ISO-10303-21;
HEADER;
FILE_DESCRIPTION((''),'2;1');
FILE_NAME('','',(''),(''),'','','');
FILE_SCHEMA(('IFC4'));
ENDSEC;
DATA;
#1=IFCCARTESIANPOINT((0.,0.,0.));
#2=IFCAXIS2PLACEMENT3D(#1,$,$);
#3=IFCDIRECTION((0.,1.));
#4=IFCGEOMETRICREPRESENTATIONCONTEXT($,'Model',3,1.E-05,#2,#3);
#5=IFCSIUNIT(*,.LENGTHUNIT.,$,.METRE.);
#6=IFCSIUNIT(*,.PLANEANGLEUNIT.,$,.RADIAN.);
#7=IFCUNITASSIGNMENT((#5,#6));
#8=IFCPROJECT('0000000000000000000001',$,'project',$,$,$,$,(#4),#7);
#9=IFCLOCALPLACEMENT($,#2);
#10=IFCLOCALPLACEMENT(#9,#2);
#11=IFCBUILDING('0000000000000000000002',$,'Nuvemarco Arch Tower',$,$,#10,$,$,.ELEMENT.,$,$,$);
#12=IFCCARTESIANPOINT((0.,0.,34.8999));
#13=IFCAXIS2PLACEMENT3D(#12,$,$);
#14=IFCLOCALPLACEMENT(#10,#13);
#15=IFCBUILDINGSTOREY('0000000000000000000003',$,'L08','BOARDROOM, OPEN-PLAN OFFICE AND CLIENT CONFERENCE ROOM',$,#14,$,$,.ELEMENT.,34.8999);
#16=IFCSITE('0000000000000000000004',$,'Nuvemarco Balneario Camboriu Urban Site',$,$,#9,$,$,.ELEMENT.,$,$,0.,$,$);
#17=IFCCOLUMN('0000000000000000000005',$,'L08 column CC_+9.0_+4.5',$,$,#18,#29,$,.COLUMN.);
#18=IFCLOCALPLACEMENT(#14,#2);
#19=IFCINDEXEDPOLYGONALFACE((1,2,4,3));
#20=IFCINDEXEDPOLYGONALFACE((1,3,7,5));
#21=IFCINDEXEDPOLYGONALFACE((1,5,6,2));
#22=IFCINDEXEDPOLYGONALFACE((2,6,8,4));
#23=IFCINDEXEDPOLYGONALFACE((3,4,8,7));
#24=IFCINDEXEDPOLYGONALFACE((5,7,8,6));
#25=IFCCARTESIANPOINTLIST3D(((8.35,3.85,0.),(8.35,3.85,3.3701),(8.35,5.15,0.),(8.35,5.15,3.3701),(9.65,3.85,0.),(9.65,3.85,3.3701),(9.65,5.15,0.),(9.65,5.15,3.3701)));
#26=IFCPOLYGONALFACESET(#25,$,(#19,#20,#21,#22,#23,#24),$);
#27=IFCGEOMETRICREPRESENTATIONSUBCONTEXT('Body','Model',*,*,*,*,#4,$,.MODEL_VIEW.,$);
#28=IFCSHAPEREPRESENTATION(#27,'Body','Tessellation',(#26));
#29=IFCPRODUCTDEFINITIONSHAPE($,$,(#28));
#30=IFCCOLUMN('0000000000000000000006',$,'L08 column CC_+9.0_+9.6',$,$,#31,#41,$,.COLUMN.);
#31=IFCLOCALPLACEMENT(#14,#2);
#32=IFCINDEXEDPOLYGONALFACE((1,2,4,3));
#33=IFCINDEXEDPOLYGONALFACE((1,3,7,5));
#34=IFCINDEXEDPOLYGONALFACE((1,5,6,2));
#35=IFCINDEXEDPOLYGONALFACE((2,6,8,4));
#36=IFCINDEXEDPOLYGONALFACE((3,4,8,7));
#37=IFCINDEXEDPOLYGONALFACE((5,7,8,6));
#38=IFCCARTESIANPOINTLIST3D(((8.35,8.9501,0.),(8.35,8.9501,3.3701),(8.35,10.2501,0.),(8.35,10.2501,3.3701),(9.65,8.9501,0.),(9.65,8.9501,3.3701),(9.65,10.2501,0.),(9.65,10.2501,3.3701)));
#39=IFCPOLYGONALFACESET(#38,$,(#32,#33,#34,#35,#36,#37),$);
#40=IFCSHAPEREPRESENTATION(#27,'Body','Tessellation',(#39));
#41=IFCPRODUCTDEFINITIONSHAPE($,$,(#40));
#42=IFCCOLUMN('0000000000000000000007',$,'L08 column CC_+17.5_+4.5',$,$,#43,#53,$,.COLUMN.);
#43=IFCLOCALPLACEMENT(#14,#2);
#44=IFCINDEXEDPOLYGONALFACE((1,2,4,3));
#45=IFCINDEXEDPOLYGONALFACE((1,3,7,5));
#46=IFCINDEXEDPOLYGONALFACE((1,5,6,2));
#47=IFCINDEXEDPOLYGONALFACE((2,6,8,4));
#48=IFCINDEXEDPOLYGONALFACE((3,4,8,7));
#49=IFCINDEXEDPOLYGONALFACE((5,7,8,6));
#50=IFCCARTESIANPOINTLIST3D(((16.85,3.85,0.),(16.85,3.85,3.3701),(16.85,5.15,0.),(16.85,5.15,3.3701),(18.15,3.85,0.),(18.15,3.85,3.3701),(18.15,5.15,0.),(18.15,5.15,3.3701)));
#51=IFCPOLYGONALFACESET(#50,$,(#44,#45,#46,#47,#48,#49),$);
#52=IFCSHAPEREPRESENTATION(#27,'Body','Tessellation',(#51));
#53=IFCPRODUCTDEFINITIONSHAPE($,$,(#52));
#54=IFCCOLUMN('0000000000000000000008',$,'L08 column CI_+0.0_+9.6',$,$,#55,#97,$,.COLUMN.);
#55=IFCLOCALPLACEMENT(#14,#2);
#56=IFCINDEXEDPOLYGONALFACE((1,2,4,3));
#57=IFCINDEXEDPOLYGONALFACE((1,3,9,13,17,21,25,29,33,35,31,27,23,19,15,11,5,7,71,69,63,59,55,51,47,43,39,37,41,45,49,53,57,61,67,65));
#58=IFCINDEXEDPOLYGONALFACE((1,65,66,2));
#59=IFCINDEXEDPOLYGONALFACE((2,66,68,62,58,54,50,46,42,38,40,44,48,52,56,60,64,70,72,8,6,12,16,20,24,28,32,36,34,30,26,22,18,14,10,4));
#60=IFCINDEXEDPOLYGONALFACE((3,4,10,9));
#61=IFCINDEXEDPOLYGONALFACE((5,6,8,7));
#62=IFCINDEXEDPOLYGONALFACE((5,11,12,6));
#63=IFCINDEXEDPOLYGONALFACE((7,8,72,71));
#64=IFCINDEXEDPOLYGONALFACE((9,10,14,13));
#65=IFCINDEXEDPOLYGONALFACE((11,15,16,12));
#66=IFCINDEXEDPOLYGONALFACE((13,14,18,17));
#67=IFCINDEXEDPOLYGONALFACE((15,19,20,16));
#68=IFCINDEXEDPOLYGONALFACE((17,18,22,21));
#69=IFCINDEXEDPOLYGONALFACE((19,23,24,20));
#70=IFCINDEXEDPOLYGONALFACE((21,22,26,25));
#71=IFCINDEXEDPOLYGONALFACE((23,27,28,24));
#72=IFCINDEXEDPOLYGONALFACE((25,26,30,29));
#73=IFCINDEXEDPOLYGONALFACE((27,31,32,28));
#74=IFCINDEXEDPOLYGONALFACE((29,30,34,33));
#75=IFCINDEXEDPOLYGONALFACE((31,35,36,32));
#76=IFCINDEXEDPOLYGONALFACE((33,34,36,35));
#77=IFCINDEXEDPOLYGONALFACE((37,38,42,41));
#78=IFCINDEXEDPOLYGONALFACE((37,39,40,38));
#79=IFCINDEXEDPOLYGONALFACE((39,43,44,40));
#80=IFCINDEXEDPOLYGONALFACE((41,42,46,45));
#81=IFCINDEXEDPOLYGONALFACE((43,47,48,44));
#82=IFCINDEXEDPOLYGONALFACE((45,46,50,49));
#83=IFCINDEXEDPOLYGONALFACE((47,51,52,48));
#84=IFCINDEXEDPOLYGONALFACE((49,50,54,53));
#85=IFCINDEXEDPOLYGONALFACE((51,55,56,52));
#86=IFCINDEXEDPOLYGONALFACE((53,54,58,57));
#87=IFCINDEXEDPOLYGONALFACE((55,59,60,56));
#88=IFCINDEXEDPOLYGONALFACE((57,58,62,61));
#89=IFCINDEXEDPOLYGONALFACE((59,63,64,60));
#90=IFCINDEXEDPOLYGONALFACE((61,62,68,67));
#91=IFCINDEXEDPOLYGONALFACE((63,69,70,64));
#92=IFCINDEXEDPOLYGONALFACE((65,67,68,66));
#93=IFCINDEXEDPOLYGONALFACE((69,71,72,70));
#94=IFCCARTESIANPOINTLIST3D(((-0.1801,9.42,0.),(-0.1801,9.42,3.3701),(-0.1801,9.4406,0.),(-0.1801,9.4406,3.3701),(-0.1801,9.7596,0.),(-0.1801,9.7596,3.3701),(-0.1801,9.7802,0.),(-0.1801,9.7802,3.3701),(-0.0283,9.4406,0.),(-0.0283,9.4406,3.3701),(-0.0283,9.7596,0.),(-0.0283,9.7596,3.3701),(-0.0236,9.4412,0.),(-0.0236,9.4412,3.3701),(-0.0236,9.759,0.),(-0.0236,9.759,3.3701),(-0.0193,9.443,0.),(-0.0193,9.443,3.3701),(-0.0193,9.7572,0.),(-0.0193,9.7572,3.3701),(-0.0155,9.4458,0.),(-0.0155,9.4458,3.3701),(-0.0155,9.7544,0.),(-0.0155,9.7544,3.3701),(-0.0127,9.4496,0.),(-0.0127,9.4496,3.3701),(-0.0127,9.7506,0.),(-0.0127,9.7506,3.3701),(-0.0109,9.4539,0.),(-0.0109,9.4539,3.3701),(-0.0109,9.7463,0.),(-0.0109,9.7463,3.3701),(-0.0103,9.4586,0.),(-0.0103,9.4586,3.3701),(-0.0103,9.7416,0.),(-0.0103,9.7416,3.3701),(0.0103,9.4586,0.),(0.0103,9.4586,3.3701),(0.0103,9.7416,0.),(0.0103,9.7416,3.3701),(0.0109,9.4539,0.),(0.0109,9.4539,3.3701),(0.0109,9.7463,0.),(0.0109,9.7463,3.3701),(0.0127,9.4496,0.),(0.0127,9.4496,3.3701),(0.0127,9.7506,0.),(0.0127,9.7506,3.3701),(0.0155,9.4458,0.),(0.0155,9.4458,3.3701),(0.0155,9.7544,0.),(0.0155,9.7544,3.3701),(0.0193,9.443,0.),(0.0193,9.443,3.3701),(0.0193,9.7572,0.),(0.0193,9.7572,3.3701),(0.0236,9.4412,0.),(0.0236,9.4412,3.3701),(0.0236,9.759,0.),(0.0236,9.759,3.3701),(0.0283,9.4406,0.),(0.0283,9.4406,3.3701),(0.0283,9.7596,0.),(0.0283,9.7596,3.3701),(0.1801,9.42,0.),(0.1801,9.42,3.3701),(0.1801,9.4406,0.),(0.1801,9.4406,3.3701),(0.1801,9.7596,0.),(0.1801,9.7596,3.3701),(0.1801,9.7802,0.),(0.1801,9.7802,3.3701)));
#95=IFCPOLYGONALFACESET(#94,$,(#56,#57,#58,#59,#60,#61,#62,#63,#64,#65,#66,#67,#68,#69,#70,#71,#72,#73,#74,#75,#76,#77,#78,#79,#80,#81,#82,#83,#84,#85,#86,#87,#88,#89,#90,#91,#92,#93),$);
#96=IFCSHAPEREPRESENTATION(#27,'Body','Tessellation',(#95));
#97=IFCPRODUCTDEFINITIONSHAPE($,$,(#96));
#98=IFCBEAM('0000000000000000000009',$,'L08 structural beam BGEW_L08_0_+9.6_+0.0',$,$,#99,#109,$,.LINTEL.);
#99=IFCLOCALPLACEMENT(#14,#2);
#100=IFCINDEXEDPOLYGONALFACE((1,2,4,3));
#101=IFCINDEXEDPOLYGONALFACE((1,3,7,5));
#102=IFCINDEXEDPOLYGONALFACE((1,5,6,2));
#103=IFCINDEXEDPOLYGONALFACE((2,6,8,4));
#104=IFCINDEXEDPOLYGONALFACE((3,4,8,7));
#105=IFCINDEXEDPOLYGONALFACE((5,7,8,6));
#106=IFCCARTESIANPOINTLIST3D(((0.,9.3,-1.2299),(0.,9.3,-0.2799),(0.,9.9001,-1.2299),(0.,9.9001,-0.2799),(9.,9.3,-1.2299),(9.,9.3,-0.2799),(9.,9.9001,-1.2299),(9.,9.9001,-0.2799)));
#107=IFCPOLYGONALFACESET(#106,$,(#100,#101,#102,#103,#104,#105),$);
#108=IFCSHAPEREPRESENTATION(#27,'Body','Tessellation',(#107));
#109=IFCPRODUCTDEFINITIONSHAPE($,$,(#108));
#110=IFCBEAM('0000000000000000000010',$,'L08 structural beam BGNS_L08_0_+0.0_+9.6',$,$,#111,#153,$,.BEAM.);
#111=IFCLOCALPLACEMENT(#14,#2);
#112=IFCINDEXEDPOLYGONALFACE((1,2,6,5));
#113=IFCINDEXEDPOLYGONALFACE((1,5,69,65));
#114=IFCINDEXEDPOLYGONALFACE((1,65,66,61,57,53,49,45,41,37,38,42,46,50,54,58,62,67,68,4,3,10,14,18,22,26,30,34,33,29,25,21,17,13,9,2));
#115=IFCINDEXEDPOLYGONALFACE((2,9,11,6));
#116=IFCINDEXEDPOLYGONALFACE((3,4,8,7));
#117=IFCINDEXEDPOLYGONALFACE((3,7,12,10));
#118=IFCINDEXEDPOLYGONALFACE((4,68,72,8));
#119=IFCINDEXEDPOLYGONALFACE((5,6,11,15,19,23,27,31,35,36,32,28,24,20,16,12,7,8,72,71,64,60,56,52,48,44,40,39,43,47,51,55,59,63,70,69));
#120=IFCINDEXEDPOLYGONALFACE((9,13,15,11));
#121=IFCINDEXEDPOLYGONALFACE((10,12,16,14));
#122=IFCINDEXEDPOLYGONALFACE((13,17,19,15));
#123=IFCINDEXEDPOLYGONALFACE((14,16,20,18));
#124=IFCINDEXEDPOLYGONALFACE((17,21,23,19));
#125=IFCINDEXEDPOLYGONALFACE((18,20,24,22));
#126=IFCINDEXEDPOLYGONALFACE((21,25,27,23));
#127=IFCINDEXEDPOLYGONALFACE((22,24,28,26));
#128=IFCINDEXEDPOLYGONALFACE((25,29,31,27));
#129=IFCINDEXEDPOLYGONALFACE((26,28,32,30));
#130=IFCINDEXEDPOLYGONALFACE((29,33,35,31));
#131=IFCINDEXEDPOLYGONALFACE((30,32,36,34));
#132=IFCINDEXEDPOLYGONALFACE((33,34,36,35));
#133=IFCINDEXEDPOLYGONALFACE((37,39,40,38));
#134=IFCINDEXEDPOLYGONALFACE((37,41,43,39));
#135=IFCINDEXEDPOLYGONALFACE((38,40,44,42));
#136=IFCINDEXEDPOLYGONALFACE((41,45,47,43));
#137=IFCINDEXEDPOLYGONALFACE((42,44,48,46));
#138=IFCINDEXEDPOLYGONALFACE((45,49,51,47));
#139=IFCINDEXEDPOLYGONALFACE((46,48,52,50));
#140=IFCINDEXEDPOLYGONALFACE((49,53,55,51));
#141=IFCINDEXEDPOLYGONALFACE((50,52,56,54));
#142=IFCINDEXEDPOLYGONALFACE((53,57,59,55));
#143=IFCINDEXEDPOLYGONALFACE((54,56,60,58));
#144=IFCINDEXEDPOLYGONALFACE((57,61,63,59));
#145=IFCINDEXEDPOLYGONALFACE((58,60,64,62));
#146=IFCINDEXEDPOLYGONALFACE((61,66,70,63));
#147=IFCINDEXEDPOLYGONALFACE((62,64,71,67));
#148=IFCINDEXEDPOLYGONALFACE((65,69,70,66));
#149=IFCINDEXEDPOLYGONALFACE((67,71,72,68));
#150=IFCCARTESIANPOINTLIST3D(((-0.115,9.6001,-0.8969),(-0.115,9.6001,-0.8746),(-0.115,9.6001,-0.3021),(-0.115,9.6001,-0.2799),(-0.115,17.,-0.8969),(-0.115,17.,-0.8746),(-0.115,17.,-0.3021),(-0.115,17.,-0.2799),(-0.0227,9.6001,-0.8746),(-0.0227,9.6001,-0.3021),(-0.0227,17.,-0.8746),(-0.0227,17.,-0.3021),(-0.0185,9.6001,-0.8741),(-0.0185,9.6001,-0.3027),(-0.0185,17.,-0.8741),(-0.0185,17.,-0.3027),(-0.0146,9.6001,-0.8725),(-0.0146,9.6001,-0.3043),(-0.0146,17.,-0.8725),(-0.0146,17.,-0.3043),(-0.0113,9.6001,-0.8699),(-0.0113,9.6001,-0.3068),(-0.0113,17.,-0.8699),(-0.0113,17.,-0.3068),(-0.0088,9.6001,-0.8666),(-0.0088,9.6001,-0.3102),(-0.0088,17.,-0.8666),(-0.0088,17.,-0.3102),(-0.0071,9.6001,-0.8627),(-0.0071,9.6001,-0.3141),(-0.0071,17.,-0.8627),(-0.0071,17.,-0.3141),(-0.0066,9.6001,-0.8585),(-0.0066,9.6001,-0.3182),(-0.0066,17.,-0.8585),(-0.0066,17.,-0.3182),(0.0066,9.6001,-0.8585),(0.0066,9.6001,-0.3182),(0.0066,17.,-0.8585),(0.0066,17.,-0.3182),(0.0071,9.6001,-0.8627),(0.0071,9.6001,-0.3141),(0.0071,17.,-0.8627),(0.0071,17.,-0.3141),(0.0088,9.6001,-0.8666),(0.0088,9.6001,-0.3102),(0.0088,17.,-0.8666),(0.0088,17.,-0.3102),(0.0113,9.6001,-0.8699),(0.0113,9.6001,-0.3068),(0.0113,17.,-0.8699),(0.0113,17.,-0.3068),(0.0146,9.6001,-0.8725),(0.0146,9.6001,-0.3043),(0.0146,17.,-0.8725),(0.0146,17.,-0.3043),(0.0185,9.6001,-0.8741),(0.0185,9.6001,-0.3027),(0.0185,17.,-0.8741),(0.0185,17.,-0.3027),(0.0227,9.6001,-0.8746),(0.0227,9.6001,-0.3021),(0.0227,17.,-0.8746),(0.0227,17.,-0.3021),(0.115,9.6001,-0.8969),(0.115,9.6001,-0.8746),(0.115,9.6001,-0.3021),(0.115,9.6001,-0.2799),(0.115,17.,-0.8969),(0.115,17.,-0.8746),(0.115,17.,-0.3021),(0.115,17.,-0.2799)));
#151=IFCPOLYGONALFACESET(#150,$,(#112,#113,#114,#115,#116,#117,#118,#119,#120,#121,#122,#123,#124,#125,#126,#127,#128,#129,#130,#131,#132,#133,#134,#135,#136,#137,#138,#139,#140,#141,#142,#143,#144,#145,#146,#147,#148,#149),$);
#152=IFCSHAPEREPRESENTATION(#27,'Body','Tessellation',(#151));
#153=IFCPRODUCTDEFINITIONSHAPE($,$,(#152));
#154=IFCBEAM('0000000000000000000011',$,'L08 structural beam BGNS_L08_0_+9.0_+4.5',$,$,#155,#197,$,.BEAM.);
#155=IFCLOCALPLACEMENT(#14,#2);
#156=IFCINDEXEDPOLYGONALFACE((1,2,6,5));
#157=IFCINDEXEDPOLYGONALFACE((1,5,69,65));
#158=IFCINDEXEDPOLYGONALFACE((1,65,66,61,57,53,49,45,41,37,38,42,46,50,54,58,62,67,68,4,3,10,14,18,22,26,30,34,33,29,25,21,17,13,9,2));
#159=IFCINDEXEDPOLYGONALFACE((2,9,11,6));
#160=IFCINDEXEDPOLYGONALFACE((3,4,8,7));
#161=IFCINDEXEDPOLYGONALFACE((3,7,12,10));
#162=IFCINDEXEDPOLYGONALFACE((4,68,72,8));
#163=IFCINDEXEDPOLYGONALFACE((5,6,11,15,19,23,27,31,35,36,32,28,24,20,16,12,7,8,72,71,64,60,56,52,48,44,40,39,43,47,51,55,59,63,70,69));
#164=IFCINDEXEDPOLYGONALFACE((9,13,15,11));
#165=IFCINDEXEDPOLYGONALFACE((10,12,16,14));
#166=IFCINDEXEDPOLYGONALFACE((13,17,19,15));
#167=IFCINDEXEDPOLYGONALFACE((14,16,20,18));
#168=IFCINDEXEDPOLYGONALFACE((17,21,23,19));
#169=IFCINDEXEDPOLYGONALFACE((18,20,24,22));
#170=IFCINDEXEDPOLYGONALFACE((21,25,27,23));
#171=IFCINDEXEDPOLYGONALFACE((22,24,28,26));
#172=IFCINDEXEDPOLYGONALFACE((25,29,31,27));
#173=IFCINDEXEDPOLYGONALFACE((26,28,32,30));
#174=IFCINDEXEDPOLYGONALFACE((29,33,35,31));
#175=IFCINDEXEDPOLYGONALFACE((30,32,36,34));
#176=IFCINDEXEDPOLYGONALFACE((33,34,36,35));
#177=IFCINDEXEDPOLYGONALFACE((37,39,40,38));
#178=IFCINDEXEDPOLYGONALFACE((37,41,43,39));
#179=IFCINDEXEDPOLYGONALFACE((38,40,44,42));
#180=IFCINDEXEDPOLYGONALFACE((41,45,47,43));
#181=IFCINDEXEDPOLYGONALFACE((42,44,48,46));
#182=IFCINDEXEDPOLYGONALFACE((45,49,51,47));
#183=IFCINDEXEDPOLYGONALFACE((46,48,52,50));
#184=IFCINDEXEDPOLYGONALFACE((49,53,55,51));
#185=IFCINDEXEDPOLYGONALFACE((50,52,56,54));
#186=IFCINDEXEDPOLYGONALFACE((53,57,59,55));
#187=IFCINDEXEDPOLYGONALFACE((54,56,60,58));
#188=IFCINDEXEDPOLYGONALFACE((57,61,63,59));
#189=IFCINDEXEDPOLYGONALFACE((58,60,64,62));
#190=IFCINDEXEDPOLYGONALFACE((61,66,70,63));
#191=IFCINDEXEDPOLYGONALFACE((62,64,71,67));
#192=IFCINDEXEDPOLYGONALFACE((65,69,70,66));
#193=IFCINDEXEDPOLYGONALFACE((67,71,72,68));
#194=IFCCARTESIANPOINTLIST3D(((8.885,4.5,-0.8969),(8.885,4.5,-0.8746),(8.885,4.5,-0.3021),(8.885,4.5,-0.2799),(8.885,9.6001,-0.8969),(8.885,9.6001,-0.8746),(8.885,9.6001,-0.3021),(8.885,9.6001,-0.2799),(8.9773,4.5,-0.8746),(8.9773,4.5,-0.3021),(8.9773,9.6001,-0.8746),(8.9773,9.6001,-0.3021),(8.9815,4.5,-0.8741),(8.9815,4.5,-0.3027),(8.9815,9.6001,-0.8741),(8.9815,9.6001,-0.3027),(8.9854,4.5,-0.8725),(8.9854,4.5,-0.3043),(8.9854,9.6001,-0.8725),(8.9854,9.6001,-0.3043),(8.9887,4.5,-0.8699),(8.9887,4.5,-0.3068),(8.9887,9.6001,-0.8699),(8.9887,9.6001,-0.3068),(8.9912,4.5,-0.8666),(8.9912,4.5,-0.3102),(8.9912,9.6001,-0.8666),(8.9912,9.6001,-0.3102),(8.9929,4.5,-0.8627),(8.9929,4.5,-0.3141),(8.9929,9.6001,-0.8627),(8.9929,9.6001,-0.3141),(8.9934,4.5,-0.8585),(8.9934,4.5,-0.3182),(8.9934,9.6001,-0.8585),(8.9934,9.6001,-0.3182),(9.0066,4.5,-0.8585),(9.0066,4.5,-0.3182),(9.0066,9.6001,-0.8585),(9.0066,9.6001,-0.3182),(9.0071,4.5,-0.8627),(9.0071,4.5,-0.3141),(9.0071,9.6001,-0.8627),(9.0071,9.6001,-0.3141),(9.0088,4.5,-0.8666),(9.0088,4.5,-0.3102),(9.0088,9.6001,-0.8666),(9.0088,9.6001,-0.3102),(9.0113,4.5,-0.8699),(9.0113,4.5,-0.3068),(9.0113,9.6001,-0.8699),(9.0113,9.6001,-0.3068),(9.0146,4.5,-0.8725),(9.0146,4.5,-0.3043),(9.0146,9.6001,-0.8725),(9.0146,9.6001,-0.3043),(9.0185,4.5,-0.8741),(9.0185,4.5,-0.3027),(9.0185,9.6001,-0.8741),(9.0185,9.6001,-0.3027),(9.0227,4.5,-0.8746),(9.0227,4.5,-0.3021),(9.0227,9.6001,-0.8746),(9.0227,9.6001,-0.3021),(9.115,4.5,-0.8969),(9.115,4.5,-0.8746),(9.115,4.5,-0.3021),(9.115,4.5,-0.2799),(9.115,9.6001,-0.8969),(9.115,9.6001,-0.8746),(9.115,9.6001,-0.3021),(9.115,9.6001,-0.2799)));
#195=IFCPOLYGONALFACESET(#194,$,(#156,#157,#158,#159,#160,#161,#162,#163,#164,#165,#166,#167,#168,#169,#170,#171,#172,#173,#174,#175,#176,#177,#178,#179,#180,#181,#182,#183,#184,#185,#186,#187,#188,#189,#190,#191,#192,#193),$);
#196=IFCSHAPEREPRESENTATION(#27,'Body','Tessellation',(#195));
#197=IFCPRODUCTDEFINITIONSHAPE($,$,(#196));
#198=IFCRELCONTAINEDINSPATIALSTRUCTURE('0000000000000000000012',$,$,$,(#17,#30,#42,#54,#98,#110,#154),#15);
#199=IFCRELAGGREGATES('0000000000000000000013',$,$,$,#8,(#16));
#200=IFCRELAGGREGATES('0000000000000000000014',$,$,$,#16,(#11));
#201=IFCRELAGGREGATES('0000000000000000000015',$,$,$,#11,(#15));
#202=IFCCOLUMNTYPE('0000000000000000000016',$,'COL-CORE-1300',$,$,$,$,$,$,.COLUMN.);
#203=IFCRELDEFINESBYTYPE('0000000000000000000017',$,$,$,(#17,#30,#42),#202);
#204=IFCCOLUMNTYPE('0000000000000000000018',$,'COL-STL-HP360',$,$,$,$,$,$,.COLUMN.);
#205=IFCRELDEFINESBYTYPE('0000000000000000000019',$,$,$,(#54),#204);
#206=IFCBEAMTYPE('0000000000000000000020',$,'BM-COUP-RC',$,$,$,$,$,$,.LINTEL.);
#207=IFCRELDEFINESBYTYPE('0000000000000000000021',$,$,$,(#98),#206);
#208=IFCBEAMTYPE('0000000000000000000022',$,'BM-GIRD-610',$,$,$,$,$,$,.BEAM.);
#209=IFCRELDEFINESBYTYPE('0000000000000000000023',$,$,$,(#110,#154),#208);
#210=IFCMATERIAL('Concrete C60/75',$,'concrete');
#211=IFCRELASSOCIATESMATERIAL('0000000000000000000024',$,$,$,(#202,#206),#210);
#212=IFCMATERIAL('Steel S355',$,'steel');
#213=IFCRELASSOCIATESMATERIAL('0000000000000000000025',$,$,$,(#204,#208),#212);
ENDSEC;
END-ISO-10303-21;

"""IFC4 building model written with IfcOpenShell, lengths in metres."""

from ifc_helpers import new_model, si_unit, direction, frame, origin, origin_2d, place, context, subcontext, project, spatial, rectangle, i_section, extrude, material, material_profile, profile_set, type_object, element, save


model = new_model("IFC4")

# Units and contexts
model_context = context("Model", 3, precision=1e-05, world=origin(), true_north=direction((0.0, 1.0)))
body_context = subcontext(model_context, "Body", "Model", "MODEL_VIEW")
ifc_project = project(units=[si_unit("LENGTHUNIT", "METRE"), si_unit("PLANEANGLEUNIT", "RADIAN")], contexts=[model_context])

# Site, building, storey
site_placement = place(None, origin())
site = spatial("IfcSite", under=ifc_project, at=site_placement, Name="Nuvemarco Balneario Camboriu Urban Site", CompositionType="ELEMENT", RefElevation=0.0)
building_placement = place(site_placement, origin())
building = spatial("IfcBuilding", under=site, at=building_placement, Name="Nuvemarco Arch Tower", CompositionType="ELEMENT")
storey_placement = place(building_placement, frame((0.0, 0.0, 34.8999)))
storey = spatial("IfcBuildingStorey", under=building, at=storey_placement, Name="L08", Description="BOARDROOM, OPEN-PLAN OFFICE AND CLIENT CONFERENCE ROOM", CompositionType="ELEMENT", Elevation=34.8999)

# Columns
ifc_material_1 = material(Name="Concrete C60/75", Category="concrete")
ifc_material_profile_1 = material_profile(ifc_material_1, rectangle(XDim=1.3, YDim=1.3, at=origin_2d()), Name="RC-COL-1300x1300")
ifc_profile_set_1 = profile_set([ifc_material_profile_1], Name="Concrete C60/75")
column_type_1 = type_object("IfcColumnType", Name="COL-CORE-1300", PredefinedType="COLUMN", material=ifc_profile_set_1)
for number, where, z_axis, x_axis, name in (
    (1, (9.0, 4.5, 0.0), (0.0, 0.0, 1.0), (1.0, 0.0, 0.0), "L08 column CC_+9.0_+4.5"),
    (2, (9.0, 9.6001, 0.0), (0.0, 0.0, 1.0), (1.0, 0.0, 0.0), "L08 column CC_+9.0_+9.6"),
    (3, (17.5, 4.5, 0.0), (0.0, 0.0, 1.0), (1.0, 0.0, 0.0), "L08 column CC_+17.5_+4.5"),
):
    element("IfcColumn", number, at=place(storey_placement, frame(where, z_axis=z_axis, x_axis=x_axis)), inside=storey, type_object=column_type_1, Name=name, PredefinedType="COLUMN", context=body_context, shape_type="SweptSolid", body=[
        extrude(rectangle(XDim=1.3, YDim=1.3, at=origin_2d()), origin(), (0.0, 0.0, 1.0), 3.3701),
    ])
ifc_material_2 = material(Name="Steel S355", Category="steel")
ifc_material_profile_2 = material_profile(ifc_material_2, i_section(OverallWidth=0.3601, OverallDepth=0.3601, WebThickness=0.0205, FlangeThickness=0.0205, FilletRadius=0.0181, at=origin_2d()), Name="HP360x174")
ifc_profile_set_2 = profile_set([ifc_material_profile_2], Name="Steel S355")
column_type_2 = type_object("IfcColumnType", Name="COL-STL-HP360", PredefinedType="COLUMN", material=ifc_profile_set_2)
column_placement = place(storey_placement, frame((0.0, 9.6001, 0.0), z_axis=(0.0, 0.0, 1.0), x_axis=(1.0, 0.0, 0.0)))
element("IfcColumn", 4, at=column_placement, inside=storey, type_object=column_type_2, Name="L08 column CI_+0.0_+9.6", PredefinedType="COLUMN", context=body_context, shape_type="SweptSolid", body=[
    extrude(i_section(OverallWidth=0.3601, OverallDepth=0.3601, WebThickness=0.0205, FlangeThickness=0.0205, FilletRadius=0.0181, at=origin_2d()), origin(), (0.0, 0.0, 1.0), 3.3701),
])

# Beams
ifc_material_profile_3 = material_profile(ifc_material_1, rectangle(XDim=0.6001, YDim=0.95, at=origin_2d()), Name="RC-BM-600x950")
ifc_profile_set_3 = profile_set([ifc_material_profile_3], Name="Concrete C60/75")
beam_type_1 = type_object("IfcBeamType", Name="BM-COUP-RC", PredefinedType="LINTEL", material=ifc_profile_set_3)
beam_1_placement = place(storey_placement, frame((0.0, 9.6001, -0.7549), z_axis=(1.0, 0.0, 0.0), x_axis=(0.0, 1.0, 0.0)))
element("IfcBeam", 5, at=beam_1_placement, inside=storey, type_object=beam_type_1, Name="L08 structural beam BGEW_L08_0_+9.6_+0.0", PredefinedType="LINTEL", context=body_context, shape_type="SweptSolid", body=[
    extrude(rectangle(XDim=0.6001, YDim=0.95, at=origin_2d()), origin(), (0.0, 0.0, 1.0), 9.0),
])
ifc_material_profile_4 = material_profile(ifc_material_2, i_section(OverallWidth=0.23, OverallDepth=0.6169, WebThickness=0.0132, FlangeThickness=0.0222, FilletRadius=0.0161, at=origin_2d()), Name="W610x140")
ifc_profile_set_4 = profile_set([ifc_material_profile_4], Name="Steel S355")
beam_type_2 = type_object("IfcBeamType", Name="BM-GIRD-610", PredefinedType="BEAM", material=ifc_profile_set_4)
beam_2_placement = place(storey_placement, frame((0.0, 9.6001, -0.5884), z_axis=(0.0, 1.0, 0.0), x_axis=(-1.0, 0.0, 0.0)))
element("IfcBeam", 6, at=beam_2_placement, inside=storey, type_object=beam_type_2, Name="L08 structural beam BGNS_L08_0_+0.0_+9.6", PredefinedType="BEAM", context=body_context, shape_type="SweptSolid", body=[
    extrude(i_section(OverallWidth=0.23, OverallDepth=0.6169, WebThickness=0.0132, FlangeThickness=0.0222, FilletRadius=0.0161, at=origin_2d()), origin(), (0.0, 0.0, 1.0), 7.3999),
])
for number, where, z_axis, x_axis, name in (
    (7, (9.0, 4.5, -0.5884), (0.0, 1.0, 0.0), (-1.0, 0.0, 0.0), "L08 structural beam BGNS_L08_0_+9.0_+4.5"),
):
    element("IfcBeam", number, at=place(storey_placement, frame(where, z_axis=z_axis, x_axis=x_axis)), inside=storey, type_object=beam_type_2, Name=name, PredefinedType="BEAM", context=body_context, shape_type="SweptSolid", body=[
        extrude(i_section(OverallWidth=0.23, OverallDepth=0.6169, WebThickness=0.0132, FlangeThickness=0.0222, FilletRadius=0.0161, at=origin_2d()), origin(), (0.0, 0.0, 1.0), 5.1001),
    ])

save(model, "model.ifc")
